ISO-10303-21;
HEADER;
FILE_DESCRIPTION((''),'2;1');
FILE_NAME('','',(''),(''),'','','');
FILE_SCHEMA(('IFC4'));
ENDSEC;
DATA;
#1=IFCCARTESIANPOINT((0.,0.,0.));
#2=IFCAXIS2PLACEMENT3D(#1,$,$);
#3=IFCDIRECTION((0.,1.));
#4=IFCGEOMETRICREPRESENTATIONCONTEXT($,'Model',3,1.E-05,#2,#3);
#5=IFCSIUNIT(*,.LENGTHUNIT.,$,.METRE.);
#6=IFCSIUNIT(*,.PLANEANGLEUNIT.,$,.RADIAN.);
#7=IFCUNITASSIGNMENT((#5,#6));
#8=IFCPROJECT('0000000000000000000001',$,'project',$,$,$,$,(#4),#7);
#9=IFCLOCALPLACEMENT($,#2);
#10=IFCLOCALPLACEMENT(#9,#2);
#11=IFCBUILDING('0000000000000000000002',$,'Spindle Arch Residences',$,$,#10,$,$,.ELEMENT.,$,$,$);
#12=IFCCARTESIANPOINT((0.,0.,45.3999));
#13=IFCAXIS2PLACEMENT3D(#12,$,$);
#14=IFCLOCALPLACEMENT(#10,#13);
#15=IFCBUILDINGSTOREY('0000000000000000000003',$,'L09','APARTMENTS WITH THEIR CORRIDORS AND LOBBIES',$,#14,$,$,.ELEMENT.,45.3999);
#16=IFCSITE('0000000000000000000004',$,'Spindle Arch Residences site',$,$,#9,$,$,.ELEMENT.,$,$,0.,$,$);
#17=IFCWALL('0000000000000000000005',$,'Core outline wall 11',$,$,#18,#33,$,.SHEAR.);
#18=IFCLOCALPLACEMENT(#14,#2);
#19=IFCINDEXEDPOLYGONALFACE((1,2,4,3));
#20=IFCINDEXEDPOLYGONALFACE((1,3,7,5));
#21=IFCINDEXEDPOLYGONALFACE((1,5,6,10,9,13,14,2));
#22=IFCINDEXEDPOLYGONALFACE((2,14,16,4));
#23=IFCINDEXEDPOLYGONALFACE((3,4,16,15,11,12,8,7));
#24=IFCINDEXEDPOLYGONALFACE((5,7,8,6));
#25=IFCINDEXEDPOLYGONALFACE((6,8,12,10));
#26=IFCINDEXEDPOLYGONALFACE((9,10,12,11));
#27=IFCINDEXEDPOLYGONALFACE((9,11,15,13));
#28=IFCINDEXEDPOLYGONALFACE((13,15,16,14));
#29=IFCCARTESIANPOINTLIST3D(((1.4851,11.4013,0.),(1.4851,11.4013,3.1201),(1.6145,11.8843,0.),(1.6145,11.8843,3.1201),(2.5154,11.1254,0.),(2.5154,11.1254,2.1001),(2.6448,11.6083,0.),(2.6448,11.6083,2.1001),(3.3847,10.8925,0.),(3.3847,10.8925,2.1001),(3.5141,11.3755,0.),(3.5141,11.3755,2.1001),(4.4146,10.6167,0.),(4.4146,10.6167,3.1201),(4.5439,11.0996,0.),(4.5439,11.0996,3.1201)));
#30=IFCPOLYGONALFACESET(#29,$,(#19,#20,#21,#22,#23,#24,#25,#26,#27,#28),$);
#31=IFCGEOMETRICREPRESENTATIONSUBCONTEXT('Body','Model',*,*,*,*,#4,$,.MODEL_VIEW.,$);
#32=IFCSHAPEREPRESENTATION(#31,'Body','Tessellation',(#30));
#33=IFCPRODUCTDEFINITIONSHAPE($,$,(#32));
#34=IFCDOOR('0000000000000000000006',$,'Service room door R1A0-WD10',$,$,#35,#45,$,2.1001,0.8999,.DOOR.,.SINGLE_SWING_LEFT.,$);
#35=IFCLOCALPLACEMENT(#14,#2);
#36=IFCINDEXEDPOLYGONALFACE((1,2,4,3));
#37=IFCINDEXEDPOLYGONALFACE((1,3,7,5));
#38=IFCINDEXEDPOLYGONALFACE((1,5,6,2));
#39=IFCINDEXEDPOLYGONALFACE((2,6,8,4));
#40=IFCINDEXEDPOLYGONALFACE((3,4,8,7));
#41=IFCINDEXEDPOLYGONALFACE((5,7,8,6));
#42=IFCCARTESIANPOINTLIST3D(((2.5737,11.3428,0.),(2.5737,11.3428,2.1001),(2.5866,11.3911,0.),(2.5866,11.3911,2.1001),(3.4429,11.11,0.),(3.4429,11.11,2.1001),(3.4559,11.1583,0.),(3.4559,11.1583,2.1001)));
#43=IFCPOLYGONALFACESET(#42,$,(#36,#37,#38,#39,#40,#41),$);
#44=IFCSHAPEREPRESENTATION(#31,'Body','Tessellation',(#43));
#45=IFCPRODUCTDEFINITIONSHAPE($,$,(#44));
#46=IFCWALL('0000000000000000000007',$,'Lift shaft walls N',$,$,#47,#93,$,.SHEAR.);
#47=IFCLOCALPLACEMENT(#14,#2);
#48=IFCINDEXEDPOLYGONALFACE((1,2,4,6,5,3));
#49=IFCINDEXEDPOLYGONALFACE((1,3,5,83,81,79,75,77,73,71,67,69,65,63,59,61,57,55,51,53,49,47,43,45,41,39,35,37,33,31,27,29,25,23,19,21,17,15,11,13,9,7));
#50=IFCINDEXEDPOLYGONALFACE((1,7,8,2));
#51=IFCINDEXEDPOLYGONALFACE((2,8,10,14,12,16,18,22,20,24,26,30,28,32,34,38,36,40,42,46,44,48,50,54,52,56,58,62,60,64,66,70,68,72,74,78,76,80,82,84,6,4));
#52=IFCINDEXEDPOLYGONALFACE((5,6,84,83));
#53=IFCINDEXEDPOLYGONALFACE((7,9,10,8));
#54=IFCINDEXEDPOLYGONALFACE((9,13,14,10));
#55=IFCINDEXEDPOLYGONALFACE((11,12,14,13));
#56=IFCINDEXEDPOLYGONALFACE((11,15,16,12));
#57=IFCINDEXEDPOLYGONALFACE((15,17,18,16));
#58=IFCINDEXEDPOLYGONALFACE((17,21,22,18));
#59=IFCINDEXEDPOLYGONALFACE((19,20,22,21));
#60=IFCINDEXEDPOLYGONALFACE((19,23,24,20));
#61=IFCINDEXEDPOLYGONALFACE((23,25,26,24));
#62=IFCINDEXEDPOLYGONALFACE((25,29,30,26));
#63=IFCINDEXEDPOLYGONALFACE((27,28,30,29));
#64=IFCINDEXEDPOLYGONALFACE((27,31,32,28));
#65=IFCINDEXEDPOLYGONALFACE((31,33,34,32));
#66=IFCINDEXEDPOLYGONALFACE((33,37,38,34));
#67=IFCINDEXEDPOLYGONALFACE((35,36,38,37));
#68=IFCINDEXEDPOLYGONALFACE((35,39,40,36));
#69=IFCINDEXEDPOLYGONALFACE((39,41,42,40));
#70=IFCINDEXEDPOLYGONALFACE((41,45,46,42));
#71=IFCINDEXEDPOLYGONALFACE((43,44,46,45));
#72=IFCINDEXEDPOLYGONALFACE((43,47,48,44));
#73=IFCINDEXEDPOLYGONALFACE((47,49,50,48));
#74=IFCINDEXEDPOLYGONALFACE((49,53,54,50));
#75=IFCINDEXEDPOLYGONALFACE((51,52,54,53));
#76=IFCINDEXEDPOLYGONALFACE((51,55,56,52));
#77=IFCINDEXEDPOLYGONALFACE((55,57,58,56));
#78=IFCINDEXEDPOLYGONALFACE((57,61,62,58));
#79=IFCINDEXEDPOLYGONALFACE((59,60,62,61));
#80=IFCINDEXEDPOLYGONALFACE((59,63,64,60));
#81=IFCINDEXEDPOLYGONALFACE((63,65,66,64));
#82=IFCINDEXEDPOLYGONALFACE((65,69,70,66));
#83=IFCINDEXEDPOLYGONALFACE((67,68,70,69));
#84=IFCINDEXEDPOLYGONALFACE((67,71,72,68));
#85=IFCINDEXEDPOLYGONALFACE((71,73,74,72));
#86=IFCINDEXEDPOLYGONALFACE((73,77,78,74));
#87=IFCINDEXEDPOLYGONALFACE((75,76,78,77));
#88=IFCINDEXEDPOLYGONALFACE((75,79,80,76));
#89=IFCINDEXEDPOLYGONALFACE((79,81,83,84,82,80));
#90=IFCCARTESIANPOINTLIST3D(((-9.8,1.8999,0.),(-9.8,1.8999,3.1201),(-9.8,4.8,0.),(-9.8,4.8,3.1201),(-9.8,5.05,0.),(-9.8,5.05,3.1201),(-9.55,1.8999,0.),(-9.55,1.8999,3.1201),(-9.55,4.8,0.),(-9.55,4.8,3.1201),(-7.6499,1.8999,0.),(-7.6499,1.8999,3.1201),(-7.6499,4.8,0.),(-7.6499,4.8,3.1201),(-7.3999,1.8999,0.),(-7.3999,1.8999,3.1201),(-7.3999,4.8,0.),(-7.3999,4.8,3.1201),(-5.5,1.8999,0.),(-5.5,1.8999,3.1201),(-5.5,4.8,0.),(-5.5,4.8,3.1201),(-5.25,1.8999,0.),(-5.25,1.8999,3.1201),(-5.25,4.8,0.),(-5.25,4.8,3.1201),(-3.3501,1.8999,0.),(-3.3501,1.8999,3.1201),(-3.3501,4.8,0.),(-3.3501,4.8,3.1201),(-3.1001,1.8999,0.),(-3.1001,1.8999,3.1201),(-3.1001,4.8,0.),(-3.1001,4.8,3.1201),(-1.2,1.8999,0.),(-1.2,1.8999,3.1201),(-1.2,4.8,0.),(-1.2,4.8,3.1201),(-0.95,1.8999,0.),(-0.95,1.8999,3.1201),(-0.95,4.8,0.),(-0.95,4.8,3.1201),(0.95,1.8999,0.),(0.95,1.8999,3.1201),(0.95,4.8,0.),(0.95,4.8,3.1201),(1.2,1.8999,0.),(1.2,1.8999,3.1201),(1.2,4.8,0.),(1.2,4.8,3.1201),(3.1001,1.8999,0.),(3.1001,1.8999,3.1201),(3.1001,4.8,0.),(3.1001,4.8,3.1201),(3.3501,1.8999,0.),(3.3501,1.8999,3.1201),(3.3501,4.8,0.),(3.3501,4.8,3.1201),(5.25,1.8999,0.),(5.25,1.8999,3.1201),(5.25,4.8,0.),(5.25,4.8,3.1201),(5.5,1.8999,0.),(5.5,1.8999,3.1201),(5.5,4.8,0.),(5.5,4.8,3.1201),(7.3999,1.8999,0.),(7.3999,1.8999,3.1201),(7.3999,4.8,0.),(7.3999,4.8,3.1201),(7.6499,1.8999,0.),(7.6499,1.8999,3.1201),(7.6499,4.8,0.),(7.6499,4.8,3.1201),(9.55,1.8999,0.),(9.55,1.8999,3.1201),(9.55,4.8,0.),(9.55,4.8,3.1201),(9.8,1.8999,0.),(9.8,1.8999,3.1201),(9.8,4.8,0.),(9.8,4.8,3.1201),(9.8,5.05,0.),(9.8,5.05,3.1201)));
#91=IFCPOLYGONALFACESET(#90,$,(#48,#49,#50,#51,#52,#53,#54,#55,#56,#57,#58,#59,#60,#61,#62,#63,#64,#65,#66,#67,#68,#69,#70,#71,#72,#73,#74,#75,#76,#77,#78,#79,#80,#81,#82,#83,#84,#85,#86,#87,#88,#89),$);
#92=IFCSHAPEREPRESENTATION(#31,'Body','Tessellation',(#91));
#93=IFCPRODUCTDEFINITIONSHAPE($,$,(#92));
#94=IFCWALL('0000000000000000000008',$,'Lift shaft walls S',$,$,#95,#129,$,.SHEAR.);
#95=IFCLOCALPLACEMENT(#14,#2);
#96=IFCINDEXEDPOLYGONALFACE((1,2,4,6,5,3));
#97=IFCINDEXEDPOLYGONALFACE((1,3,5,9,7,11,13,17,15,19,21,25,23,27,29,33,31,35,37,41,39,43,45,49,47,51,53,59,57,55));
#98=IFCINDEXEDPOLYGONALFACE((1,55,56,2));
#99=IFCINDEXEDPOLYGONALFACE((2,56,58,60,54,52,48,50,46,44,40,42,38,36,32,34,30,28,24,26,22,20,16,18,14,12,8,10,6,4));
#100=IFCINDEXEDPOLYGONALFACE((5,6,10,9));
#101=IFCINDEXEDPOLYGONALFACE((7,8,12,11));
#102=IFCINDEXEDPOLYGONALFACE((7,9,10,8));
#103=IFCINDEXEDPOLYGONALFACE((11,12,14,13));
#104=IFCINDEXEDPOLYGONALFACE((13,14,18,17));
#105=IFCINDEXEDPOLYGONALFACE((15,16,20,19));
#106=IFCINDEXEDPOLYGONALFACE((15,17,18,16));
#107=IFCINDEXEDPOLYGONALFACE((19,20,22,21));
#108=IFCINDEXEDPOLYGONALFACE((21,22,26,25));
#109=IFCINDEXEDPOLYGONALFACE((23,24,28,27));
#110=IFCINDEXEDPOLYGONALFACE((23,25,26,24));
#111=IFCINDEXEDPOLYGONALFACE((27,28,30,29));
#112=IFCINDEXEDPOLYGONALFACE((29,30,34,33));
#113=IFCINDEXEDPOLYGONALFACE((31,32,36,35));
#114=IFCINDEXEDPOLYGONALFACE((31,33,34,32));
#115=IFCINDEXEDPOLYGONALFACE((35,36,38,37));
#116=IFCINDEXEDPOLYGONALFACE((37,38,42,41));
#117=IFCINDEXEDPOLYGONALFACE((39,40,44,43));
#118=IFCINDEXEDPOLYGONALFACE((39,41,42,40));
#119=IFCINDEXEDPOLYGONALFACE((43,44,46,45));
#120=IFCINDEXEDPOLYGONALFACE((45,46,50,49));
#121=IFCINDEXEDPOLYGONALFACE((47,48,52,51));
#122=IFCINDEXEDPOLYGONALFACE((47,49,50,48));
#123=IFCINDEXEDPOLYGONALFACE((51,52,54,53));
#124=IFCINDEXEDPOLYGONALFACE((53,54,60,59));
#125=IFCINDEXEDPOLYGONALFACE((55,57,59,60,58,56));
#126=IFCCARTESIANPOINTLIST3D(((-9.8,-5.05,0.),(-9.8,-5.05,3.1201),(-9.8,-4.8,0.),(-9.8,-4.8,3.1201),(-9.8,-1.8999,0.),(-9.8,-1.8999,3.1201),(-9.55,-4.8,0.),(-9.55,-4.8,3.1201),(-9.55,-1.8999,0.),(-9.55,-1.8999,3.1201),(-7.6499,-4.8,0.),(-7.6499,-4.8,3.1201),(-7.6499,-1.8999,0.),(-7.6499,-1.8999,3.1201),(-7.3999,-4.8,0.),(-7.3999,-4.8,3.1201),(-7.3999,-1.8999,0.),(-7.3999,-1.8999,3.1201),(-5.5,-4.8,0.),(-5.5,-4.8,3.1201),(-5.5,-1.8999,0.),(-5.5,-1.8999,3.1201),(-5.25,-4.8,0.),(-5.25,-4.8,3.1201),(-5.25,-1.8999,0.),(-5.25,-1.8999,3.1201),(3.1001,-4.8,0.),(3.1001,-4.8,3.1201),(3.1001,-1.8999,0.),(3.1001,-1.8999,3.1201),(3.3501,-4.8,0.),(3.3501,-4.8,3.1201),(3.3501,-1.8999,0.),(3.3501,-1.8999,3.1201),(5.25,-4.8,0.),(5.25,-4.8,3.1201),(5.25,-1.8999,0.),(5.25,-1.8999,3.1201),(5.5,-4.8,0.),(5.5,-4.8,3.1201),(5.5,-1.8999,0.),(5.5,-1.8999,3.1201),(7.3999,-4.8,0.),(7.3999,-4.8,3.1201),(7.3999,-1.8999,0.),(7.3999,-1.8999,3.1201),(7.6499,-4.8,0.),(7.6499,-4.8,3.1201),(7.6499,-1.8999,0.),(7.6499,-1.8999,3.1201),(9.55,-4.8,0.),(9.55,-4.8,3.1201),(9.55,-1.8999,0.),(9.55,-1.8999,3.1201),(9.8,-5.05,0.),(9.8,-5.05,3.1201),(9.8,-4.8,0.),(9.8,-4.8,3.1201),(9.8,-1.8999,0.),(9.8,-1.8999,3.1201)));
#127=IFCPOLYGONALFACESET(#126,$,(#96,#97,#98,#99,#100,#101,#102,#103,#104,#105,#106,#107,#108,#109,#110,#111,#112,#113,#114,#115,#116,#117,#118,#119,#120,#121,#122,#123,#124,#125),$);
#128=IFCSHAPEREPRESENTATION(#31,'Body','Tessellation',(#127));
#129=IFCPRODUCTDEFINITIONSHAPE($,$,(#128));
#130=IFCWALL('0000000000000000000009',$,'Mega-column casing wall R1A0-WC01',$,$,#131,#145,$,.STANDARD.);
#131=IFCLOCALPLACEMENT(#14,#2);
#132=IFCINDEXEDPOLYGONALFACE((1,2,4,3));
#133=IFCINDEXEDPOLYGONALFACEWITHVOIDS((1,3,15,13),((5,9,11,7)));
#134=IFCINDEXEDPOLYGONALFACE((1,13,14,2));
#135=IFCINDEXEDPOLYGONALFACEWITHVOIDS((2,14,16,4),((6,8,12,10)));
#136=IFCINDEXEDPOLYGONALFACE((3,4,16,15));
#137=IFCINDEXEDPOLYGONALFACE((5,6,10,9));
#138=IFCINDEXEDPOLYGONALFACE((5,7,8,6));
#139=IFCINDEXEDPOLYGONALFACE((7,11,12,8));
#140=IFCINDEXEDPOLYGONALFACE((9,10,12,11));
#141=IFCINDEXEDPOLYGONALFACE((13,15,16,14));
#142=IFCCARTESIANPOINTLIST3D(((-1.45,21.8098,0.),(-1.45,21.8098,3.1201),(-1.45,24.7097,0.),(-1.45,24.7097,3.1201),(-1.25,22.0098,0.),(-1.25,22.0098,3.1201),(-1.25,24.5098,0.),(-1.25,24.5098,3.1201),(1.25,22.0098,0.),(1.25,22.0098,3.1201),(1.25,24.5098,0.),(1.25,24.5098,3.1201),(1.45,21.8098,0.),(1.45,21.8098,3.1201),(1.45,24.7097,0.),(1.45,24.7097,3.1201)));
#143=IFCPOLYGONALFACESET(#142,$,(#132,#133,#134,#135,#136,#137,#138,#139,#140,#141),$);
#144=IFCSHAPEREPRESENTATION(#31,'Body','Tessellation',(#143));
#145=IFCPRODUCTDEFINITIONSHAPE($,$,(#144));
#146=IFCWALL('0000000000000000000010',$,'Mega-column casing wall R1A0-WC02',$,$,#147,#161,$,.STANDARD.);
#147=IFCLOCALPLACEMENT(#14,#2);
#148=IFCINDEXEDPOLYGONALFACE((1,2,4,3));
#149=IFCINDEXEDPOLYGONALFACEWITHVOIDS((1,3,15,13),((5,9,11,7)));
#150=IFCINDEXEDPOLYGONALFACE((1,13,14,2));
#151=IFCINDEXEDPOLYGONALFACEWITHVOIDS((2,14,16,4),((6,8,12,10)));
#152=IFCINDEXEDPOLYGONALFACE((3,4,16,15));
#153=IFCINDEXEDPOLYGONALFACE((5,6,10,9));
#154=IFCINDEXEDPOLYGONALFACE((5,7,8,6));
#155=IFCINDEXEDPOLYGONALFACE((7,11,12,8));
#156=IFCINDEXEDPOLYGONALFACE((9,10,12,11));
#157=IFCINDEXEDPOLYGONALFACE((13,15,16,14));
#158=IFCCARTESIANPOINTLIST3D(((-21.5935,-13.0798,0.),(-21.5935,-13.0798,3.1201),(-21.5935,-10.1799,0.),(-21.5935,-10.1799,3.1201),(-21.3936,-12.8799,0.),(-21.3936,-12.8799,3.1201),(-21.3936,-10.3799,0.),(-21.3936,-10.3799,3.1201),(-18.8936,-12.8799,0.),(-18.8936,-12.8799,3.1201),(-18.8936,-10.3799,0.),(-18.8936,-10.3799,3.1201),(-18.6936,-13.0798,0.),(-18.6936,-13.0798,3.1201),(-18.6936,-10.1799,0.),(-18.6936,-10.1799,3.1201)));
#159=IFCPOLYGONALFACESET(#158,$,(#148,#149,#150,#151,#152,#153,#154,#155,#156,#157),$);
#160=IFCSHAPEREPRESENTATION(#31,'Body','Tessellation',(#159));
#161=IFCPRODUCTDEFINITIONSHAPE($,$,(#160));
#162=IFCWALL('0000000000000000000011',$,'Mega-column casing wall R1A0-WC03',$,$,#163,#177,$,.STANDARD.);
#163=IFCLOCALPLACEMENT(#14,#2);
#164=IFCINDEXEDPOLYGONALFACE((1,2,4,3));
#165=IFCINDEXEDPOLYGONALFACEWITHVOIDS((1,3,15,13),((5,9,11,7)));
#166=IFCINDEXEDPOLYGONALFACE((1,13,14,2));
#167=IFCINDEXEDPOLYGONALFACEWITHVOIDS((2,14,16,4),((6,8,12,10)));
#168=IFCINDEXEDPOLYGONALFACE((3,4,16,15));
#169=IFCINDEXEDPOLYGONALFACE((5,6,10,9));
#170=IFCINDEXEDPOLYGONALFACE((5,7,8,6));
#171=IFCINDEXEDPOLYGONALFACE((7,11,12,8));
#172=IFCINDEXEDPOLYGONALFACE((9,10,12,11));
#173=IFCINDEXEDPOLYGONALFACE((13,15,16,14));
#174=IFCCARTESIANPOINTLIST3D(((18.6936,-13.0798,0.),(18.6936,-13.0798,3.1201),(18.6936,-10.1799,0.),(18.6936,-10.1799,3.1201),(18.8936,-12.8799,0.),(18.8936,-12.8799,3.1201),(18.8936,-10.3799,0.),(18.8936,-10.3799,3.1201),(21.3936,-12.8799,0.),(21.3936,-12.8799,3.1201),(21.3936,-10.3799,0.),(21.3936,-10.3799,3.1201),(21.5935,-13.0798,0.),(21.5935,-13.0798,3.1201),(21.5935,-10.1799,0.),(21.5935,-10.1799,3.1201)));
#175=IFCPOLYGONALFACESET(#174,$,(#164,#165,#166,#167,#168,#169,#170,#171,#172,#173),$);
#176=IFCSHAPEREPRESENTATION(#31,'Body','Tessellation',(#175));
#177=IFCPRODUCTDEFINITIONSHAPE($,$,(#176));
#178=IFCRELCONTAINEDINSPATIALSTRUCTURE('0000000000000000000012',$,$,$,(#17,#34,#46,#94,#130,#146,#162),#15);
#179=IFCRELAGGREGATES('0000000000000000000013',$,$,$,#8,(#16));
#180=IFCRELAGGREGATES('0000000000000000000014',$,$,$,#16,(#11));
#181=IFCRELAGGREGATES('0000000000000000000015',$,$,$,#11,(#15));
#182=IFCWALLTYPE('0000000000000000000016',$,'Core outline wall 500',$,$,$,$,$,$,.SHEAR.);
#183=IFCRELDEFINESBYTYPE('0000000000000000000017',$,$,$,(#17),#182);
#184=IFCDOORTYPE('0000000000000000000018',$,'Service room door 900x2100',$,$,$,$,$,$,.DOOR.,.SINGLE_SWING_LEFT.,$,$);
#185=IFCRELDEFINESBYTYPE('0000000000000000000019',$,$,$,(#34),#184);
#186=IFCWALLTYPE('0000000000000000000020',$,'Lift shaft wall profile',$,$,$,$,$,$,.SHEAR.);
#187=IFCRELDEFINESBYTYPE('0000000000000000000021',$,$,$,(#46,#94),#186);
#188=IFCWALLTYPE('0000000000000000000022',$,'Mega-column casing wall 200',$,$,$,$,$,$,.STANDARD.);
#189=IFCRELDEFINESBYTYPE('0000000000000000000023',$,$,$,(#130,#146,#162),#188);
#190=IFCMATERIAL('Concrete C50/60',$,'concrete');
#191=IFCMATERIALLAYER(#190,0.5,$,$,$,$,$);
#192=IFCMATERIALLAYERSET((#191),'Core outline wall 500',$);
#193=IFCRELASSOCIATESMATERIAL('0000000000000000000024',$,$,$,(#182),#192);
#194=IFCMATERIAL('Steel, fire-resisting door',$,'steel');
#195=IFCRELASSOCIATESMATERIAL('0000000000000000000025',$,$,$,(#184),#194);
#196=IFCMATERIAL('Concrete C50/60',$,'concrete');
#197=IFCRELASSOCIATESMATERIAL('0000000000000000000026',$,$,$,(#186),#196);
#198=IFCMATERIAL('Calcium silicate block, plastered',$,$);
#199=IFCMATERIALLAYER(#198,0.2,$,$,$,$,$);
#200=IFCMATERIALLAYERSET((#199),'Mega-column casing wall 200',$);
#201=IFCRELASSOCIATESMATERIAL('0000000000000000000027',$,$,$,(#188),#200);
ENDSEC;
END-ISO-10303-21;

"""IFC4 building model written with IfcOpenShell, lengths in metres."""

from ifc_helpers import new_model, si_unit, direction, frame, frame_2d, origin, place, context, subcontext, project, spatial, polyline, rectangle, outline, extrude, material, layer, layer_set, type_object, element, fill, save


model = new_model("IFC4")

# Units and contexts
model_context = context("Model", 3, precision=1e-05, world=origin(), true_north=direction((0.0, 1.0)))
body_context = subcontext(model_context, "Body", "Model", "MODEL_VIEW")
ifc_project = project(units=[si_unit("LENGTHUNIT", "METRE"), si_unit("PLANEANGLEUNIT", "RADIAN")], contexts=[model_context])

# Site, building, storey
site_placement = place(None, origin())
site = spatial("IfcSite", under=ifc_project, at=site_placement, Name="Spindle Arch Residences site", CompositionType="ELEMENT", RefElevation=0.0)
building_placement = place(site_placement, origin())
building = spatial("IfcBuilding", under=site, at=building_placement, Name="Spindle Arch Residences", CompositionType="ELEMENT")
storey_placement = place(building_placement, frame((0.0, 0.0, 45.3999)))
storey = spatial("IfcBuildingStorey", under=building, at=storey_placement, Name="L09", Description="APARTMENTS WITH THEIR CORRIDORS AND LOBBIES", CompositionType="ELEMENT", Elevation=45.3999)

# Shared definitions
ifc_material_1 = material(Name="Concrete C50/60", Category="concrete")
ifc_layer_1 = layer(ifc_material_1, 0.5)
ifc_layer_set_1 = layer_set([ifc_layer_1], Name="Core outline wall 500")
wall_type_1 = type_object("IfcWallType", Name="Core outline wall 500", PredefinedType="SHEAR", material=ifc_layer_set_1)

# Wall, opening, door
wall_1_placement = place(storey_placement, frame((4.4792, 10.8582, 0.0), z_axis=(0.0, 0.0, 1.0), x_axis=(-0.965948, 0.258735, 0.0)))
wall_1 = element("IfcWall", 1, at=wall_1_placement, inside=storey, type_object=wall_type_1, Name="Core outline wall 11", PredefinedType="SHEAR", context=body_context, shape_type="SweptSolid", body=[
    extrude(rectangle(XDim=3.0327, YDim=0.5, at=frame_2d((1.5164, 0.0))), origin(), (0.0, 0.0, 1.0), 3.1201),
])
opening_1_placement = place(wall_1_placement, frame((1.0662, 0.0, 0.0)))
opening_1 = element("IfcOpeningElement", 2, at=opening_1_placement, cuts=wall_1, PredefinedType="OPENING", context=body_context, shape_type="SweptSolid", body=[
    extrude(rectangle(XDim=0.8999, YDim=2.1001, at=frame_2d((0.45, 1.05))), frame((0.0, 0.26, 0.0), z_axis=(0.0, -1.0, 0.0), x_axis=(1.0, 0.0, 0.0)), (0.0, 0.0, 1.0), 0.52),
])
ifc_material_2 = material(Name="Steel, fire-resisting door", Category="steel")
door_type_1 = type_object("IfcDoorType", Name="Service room door 900x2100", OperationType="SINGLE_SWING_LEFT", PredefinedType="DOOR", material=ifc_material_2)
door_1_placement = place(opening_1_placement, origin())
door_1 = element("IfcDoor", 3, at=door_1_placement, inside=storey, type_object=door_type_1, Name="Service room door R1A0-WD10", OperationType="SINGLE_SWING_LEFT", OverallHeight=2.1001, OverallWidth=0.8999, PredefinedType="DOOR", context=body_context, shape_type="SweptSolid", body=[
    extrude(rectangle(XDim=0.8999, YDim=2.1001, at=frame_2d((0.45, 1.05))), frame((0.0, 0.0249, 0.0), z_axis=(0.0, -1.0, 0.0), x_axis=(1.0, 0.0, 0.0)), (0.0, 0.0, 1.0), 0.05),
])
fill(opening_1, door_1)

# Walls
ifc_material_3 = material(Name="Concrete C50/60", Category="concrete")
wall_type_2 = type_object("IfcWallType", Name="Lift shaft wall profile", PredefinedType="SHEAR", material=ifc_material_3)
wall_2_placement = place(storey_placement, origin())
element("IfcWall", 4, at=wall_2_placement, inside=storey, type_object=wall_type_2, Name="Lift shaft walls N", PredefinedType="SHEAR", context=body_context, shape_type="SweptSolid", body=[
    extrude(outline(polyline([(-9.55, 4.8), (-7.6499, 4.8), (-7.6499, 1.8999), (-7.3999, 1.8999), (-7.3999, 4.8), (-5.5, 4.8), (-5.5, 1.8999), (-5.25, 1.8999), (-5.25, 4.8), (-3.3501, 4.8), (-3.3501, 1.8999), (-3.1001, 1.8999), (-3.1001, 4.8), (-1.2, 4.8), (-1.2, 1.8999), (-0.95, 1.8999), (-0.95, 4.8), (0.95, 4.8), (0.95, 1.8999), (1.2, 1.8999), (1.2, 4.8), (3.1001, 4.8), (3.1001, 1.8999), (3.3501, 1.8999), (3.3501, 4.8), (5.25, 4.8), (5.25, 1.8999), (5.5, 1.8999), (5.5, 4.8), (7.3999, 4.8), (7.3999, 1.8999), (7.6499, 1.8999), (7.6499, 4.8), (9.55, 4.8), (9.55, 1.8999), (9.8, 1.8999), (9.8, 4.8), (9.8, 5.05), (-9.8, 5.05), (-9.8, 4.8), (-9.8, 1.8999), (-9.55, 1.8999), (-9.55, 4.8)])), origin(), (0.0, 0.0, 1.0), 3.1201),
])
wall_3_placement = place(storey_placement, origin())
element("IfcWall", 5, at=wall_3_placement, inside=storey, type_object=wall_type_2, Name="Lift shaft walls S", PredefinedType="SHEAR", context=body_context, shape_type="SweptSolid", body=[
    extrude(outline(polyline([(9.8, -5.05), (9.8, -4.8), (9.8, -1.8999), (9.55, -1.8999), (9.55, -4.8), (7.6499, -4.8), (7.6499, -1.8999), (7.3999, -1.8999), (7.3999, -4.8), (5.5, -4.8), (5.5, -1.8999), (5.25, -1.8999), (5.25, -4.8), (3.3501, -4.8), (3.3501, -1.8999), (3.1001, -1.8999), (3.1001, -4.8), (-5.25, -4.8), (-5.25, -1.8999), (-5.5, -1.8999), (-5.5, -4.8), (-7.3999, -4.8), (-7.3999, -1.8999), (-7.6499, -1.8999), (-7.6499, -4.8), (-9.55, -4.8), (-9.55, -1.8999), (-9.8, -1.8999), (-9.8, -4.8), (-9.8, -5.05), (9.8, -5.05)])), origin(), (0.0, 0.0, 1.0), 3.1201),
])
ifc_material_4 = material(Name="Calcium silicate block, plastered")
ifc_layer_2 = layer(ifc_material_4, 0.2)
ifc_layer_set_2 = layer_set([ifc_layer_2], Name="Mega-column casing wall 200")
wall_type_3 = type_object("IfcWallType", Name="Mega-column casing wall 200", PredefinedType="STANDARD", material=ifc_layer_set_2)
wall_4_placement = place(storey_placement, origin())
element("IfcWall", 6, at=wall_4_placement, inside=storey, type_object=wall_type_3, Name="Mega-column casing wall R1A0-WC01", PredefinedType="STANDARD", context=body_context, shape_type="SweptSolid", body=[
    extrude(outline(polyline([(1.45, 24.7097), (1.45, 21.8098), (-1.45, 21.8098), (-1.45, 24.7097), (1.45, 24.7097)]), holes=[polyline([(-1.25, 22.0098), (1.25, 22.0098), (1.25, 24.5098), (-1.25, 24.5098), (-1.25, 22.0098)])]), origin(), (0.0, 0.0, 1.0), 3.1201),
])
wall_5_placement = place(storey_placement, origin())
element("IfcWall", 7, at=wall_5_placement, inside=storey, type_object=wall_type_3, Name="Mega-column casing wall R1A0-WC02", PredefinedType="STANDARD", context=body_context, shape_type="SweptSolid", body=[
    extrude(outline(polyline([(-18.6936, -10.1799), (-18.6936, -13.0798), (-21.5935, -13.0798), (-21.5935, -10.1799), (-18.6936, -10.1799)]), holes=[polyline([(-21.3936, -12.8799), (-18.8936, -12.8799), (-18.8936, -10.3799), (-21.3936, -10.3799), (-21.3936, -12.8799)])]), origin(), (0.0, 0.0, 1.0), 3.1201),
])
wall_6_placement = place(storey_placement, origin())
element("IfcWall", 8, at=wall_6_placement, inside=storey, type_object=wall_type_3, Name="Mega-column casing wall R1A0-WC03", PredefinedType="STANDARD", context=body_context, shape_type="SweptSolid", body=[
    extrude(outline(polyline([(21.5935, -10.1799), (21.5935, -13.0798), (18.6936, -13.0798), (18.6936, -10.1799), (21.5935, -10.1799)]), holes=[polyline([(18.8936, -12.8799), (21.3936, -12.8799), (21.3936, -10.3799), (18.8936, -10.3799), (18.8936, -12.8799)])]), origin(), (0.0, 0.0, 1.0), 3.1201),
])

save(model, "model.ifc")
